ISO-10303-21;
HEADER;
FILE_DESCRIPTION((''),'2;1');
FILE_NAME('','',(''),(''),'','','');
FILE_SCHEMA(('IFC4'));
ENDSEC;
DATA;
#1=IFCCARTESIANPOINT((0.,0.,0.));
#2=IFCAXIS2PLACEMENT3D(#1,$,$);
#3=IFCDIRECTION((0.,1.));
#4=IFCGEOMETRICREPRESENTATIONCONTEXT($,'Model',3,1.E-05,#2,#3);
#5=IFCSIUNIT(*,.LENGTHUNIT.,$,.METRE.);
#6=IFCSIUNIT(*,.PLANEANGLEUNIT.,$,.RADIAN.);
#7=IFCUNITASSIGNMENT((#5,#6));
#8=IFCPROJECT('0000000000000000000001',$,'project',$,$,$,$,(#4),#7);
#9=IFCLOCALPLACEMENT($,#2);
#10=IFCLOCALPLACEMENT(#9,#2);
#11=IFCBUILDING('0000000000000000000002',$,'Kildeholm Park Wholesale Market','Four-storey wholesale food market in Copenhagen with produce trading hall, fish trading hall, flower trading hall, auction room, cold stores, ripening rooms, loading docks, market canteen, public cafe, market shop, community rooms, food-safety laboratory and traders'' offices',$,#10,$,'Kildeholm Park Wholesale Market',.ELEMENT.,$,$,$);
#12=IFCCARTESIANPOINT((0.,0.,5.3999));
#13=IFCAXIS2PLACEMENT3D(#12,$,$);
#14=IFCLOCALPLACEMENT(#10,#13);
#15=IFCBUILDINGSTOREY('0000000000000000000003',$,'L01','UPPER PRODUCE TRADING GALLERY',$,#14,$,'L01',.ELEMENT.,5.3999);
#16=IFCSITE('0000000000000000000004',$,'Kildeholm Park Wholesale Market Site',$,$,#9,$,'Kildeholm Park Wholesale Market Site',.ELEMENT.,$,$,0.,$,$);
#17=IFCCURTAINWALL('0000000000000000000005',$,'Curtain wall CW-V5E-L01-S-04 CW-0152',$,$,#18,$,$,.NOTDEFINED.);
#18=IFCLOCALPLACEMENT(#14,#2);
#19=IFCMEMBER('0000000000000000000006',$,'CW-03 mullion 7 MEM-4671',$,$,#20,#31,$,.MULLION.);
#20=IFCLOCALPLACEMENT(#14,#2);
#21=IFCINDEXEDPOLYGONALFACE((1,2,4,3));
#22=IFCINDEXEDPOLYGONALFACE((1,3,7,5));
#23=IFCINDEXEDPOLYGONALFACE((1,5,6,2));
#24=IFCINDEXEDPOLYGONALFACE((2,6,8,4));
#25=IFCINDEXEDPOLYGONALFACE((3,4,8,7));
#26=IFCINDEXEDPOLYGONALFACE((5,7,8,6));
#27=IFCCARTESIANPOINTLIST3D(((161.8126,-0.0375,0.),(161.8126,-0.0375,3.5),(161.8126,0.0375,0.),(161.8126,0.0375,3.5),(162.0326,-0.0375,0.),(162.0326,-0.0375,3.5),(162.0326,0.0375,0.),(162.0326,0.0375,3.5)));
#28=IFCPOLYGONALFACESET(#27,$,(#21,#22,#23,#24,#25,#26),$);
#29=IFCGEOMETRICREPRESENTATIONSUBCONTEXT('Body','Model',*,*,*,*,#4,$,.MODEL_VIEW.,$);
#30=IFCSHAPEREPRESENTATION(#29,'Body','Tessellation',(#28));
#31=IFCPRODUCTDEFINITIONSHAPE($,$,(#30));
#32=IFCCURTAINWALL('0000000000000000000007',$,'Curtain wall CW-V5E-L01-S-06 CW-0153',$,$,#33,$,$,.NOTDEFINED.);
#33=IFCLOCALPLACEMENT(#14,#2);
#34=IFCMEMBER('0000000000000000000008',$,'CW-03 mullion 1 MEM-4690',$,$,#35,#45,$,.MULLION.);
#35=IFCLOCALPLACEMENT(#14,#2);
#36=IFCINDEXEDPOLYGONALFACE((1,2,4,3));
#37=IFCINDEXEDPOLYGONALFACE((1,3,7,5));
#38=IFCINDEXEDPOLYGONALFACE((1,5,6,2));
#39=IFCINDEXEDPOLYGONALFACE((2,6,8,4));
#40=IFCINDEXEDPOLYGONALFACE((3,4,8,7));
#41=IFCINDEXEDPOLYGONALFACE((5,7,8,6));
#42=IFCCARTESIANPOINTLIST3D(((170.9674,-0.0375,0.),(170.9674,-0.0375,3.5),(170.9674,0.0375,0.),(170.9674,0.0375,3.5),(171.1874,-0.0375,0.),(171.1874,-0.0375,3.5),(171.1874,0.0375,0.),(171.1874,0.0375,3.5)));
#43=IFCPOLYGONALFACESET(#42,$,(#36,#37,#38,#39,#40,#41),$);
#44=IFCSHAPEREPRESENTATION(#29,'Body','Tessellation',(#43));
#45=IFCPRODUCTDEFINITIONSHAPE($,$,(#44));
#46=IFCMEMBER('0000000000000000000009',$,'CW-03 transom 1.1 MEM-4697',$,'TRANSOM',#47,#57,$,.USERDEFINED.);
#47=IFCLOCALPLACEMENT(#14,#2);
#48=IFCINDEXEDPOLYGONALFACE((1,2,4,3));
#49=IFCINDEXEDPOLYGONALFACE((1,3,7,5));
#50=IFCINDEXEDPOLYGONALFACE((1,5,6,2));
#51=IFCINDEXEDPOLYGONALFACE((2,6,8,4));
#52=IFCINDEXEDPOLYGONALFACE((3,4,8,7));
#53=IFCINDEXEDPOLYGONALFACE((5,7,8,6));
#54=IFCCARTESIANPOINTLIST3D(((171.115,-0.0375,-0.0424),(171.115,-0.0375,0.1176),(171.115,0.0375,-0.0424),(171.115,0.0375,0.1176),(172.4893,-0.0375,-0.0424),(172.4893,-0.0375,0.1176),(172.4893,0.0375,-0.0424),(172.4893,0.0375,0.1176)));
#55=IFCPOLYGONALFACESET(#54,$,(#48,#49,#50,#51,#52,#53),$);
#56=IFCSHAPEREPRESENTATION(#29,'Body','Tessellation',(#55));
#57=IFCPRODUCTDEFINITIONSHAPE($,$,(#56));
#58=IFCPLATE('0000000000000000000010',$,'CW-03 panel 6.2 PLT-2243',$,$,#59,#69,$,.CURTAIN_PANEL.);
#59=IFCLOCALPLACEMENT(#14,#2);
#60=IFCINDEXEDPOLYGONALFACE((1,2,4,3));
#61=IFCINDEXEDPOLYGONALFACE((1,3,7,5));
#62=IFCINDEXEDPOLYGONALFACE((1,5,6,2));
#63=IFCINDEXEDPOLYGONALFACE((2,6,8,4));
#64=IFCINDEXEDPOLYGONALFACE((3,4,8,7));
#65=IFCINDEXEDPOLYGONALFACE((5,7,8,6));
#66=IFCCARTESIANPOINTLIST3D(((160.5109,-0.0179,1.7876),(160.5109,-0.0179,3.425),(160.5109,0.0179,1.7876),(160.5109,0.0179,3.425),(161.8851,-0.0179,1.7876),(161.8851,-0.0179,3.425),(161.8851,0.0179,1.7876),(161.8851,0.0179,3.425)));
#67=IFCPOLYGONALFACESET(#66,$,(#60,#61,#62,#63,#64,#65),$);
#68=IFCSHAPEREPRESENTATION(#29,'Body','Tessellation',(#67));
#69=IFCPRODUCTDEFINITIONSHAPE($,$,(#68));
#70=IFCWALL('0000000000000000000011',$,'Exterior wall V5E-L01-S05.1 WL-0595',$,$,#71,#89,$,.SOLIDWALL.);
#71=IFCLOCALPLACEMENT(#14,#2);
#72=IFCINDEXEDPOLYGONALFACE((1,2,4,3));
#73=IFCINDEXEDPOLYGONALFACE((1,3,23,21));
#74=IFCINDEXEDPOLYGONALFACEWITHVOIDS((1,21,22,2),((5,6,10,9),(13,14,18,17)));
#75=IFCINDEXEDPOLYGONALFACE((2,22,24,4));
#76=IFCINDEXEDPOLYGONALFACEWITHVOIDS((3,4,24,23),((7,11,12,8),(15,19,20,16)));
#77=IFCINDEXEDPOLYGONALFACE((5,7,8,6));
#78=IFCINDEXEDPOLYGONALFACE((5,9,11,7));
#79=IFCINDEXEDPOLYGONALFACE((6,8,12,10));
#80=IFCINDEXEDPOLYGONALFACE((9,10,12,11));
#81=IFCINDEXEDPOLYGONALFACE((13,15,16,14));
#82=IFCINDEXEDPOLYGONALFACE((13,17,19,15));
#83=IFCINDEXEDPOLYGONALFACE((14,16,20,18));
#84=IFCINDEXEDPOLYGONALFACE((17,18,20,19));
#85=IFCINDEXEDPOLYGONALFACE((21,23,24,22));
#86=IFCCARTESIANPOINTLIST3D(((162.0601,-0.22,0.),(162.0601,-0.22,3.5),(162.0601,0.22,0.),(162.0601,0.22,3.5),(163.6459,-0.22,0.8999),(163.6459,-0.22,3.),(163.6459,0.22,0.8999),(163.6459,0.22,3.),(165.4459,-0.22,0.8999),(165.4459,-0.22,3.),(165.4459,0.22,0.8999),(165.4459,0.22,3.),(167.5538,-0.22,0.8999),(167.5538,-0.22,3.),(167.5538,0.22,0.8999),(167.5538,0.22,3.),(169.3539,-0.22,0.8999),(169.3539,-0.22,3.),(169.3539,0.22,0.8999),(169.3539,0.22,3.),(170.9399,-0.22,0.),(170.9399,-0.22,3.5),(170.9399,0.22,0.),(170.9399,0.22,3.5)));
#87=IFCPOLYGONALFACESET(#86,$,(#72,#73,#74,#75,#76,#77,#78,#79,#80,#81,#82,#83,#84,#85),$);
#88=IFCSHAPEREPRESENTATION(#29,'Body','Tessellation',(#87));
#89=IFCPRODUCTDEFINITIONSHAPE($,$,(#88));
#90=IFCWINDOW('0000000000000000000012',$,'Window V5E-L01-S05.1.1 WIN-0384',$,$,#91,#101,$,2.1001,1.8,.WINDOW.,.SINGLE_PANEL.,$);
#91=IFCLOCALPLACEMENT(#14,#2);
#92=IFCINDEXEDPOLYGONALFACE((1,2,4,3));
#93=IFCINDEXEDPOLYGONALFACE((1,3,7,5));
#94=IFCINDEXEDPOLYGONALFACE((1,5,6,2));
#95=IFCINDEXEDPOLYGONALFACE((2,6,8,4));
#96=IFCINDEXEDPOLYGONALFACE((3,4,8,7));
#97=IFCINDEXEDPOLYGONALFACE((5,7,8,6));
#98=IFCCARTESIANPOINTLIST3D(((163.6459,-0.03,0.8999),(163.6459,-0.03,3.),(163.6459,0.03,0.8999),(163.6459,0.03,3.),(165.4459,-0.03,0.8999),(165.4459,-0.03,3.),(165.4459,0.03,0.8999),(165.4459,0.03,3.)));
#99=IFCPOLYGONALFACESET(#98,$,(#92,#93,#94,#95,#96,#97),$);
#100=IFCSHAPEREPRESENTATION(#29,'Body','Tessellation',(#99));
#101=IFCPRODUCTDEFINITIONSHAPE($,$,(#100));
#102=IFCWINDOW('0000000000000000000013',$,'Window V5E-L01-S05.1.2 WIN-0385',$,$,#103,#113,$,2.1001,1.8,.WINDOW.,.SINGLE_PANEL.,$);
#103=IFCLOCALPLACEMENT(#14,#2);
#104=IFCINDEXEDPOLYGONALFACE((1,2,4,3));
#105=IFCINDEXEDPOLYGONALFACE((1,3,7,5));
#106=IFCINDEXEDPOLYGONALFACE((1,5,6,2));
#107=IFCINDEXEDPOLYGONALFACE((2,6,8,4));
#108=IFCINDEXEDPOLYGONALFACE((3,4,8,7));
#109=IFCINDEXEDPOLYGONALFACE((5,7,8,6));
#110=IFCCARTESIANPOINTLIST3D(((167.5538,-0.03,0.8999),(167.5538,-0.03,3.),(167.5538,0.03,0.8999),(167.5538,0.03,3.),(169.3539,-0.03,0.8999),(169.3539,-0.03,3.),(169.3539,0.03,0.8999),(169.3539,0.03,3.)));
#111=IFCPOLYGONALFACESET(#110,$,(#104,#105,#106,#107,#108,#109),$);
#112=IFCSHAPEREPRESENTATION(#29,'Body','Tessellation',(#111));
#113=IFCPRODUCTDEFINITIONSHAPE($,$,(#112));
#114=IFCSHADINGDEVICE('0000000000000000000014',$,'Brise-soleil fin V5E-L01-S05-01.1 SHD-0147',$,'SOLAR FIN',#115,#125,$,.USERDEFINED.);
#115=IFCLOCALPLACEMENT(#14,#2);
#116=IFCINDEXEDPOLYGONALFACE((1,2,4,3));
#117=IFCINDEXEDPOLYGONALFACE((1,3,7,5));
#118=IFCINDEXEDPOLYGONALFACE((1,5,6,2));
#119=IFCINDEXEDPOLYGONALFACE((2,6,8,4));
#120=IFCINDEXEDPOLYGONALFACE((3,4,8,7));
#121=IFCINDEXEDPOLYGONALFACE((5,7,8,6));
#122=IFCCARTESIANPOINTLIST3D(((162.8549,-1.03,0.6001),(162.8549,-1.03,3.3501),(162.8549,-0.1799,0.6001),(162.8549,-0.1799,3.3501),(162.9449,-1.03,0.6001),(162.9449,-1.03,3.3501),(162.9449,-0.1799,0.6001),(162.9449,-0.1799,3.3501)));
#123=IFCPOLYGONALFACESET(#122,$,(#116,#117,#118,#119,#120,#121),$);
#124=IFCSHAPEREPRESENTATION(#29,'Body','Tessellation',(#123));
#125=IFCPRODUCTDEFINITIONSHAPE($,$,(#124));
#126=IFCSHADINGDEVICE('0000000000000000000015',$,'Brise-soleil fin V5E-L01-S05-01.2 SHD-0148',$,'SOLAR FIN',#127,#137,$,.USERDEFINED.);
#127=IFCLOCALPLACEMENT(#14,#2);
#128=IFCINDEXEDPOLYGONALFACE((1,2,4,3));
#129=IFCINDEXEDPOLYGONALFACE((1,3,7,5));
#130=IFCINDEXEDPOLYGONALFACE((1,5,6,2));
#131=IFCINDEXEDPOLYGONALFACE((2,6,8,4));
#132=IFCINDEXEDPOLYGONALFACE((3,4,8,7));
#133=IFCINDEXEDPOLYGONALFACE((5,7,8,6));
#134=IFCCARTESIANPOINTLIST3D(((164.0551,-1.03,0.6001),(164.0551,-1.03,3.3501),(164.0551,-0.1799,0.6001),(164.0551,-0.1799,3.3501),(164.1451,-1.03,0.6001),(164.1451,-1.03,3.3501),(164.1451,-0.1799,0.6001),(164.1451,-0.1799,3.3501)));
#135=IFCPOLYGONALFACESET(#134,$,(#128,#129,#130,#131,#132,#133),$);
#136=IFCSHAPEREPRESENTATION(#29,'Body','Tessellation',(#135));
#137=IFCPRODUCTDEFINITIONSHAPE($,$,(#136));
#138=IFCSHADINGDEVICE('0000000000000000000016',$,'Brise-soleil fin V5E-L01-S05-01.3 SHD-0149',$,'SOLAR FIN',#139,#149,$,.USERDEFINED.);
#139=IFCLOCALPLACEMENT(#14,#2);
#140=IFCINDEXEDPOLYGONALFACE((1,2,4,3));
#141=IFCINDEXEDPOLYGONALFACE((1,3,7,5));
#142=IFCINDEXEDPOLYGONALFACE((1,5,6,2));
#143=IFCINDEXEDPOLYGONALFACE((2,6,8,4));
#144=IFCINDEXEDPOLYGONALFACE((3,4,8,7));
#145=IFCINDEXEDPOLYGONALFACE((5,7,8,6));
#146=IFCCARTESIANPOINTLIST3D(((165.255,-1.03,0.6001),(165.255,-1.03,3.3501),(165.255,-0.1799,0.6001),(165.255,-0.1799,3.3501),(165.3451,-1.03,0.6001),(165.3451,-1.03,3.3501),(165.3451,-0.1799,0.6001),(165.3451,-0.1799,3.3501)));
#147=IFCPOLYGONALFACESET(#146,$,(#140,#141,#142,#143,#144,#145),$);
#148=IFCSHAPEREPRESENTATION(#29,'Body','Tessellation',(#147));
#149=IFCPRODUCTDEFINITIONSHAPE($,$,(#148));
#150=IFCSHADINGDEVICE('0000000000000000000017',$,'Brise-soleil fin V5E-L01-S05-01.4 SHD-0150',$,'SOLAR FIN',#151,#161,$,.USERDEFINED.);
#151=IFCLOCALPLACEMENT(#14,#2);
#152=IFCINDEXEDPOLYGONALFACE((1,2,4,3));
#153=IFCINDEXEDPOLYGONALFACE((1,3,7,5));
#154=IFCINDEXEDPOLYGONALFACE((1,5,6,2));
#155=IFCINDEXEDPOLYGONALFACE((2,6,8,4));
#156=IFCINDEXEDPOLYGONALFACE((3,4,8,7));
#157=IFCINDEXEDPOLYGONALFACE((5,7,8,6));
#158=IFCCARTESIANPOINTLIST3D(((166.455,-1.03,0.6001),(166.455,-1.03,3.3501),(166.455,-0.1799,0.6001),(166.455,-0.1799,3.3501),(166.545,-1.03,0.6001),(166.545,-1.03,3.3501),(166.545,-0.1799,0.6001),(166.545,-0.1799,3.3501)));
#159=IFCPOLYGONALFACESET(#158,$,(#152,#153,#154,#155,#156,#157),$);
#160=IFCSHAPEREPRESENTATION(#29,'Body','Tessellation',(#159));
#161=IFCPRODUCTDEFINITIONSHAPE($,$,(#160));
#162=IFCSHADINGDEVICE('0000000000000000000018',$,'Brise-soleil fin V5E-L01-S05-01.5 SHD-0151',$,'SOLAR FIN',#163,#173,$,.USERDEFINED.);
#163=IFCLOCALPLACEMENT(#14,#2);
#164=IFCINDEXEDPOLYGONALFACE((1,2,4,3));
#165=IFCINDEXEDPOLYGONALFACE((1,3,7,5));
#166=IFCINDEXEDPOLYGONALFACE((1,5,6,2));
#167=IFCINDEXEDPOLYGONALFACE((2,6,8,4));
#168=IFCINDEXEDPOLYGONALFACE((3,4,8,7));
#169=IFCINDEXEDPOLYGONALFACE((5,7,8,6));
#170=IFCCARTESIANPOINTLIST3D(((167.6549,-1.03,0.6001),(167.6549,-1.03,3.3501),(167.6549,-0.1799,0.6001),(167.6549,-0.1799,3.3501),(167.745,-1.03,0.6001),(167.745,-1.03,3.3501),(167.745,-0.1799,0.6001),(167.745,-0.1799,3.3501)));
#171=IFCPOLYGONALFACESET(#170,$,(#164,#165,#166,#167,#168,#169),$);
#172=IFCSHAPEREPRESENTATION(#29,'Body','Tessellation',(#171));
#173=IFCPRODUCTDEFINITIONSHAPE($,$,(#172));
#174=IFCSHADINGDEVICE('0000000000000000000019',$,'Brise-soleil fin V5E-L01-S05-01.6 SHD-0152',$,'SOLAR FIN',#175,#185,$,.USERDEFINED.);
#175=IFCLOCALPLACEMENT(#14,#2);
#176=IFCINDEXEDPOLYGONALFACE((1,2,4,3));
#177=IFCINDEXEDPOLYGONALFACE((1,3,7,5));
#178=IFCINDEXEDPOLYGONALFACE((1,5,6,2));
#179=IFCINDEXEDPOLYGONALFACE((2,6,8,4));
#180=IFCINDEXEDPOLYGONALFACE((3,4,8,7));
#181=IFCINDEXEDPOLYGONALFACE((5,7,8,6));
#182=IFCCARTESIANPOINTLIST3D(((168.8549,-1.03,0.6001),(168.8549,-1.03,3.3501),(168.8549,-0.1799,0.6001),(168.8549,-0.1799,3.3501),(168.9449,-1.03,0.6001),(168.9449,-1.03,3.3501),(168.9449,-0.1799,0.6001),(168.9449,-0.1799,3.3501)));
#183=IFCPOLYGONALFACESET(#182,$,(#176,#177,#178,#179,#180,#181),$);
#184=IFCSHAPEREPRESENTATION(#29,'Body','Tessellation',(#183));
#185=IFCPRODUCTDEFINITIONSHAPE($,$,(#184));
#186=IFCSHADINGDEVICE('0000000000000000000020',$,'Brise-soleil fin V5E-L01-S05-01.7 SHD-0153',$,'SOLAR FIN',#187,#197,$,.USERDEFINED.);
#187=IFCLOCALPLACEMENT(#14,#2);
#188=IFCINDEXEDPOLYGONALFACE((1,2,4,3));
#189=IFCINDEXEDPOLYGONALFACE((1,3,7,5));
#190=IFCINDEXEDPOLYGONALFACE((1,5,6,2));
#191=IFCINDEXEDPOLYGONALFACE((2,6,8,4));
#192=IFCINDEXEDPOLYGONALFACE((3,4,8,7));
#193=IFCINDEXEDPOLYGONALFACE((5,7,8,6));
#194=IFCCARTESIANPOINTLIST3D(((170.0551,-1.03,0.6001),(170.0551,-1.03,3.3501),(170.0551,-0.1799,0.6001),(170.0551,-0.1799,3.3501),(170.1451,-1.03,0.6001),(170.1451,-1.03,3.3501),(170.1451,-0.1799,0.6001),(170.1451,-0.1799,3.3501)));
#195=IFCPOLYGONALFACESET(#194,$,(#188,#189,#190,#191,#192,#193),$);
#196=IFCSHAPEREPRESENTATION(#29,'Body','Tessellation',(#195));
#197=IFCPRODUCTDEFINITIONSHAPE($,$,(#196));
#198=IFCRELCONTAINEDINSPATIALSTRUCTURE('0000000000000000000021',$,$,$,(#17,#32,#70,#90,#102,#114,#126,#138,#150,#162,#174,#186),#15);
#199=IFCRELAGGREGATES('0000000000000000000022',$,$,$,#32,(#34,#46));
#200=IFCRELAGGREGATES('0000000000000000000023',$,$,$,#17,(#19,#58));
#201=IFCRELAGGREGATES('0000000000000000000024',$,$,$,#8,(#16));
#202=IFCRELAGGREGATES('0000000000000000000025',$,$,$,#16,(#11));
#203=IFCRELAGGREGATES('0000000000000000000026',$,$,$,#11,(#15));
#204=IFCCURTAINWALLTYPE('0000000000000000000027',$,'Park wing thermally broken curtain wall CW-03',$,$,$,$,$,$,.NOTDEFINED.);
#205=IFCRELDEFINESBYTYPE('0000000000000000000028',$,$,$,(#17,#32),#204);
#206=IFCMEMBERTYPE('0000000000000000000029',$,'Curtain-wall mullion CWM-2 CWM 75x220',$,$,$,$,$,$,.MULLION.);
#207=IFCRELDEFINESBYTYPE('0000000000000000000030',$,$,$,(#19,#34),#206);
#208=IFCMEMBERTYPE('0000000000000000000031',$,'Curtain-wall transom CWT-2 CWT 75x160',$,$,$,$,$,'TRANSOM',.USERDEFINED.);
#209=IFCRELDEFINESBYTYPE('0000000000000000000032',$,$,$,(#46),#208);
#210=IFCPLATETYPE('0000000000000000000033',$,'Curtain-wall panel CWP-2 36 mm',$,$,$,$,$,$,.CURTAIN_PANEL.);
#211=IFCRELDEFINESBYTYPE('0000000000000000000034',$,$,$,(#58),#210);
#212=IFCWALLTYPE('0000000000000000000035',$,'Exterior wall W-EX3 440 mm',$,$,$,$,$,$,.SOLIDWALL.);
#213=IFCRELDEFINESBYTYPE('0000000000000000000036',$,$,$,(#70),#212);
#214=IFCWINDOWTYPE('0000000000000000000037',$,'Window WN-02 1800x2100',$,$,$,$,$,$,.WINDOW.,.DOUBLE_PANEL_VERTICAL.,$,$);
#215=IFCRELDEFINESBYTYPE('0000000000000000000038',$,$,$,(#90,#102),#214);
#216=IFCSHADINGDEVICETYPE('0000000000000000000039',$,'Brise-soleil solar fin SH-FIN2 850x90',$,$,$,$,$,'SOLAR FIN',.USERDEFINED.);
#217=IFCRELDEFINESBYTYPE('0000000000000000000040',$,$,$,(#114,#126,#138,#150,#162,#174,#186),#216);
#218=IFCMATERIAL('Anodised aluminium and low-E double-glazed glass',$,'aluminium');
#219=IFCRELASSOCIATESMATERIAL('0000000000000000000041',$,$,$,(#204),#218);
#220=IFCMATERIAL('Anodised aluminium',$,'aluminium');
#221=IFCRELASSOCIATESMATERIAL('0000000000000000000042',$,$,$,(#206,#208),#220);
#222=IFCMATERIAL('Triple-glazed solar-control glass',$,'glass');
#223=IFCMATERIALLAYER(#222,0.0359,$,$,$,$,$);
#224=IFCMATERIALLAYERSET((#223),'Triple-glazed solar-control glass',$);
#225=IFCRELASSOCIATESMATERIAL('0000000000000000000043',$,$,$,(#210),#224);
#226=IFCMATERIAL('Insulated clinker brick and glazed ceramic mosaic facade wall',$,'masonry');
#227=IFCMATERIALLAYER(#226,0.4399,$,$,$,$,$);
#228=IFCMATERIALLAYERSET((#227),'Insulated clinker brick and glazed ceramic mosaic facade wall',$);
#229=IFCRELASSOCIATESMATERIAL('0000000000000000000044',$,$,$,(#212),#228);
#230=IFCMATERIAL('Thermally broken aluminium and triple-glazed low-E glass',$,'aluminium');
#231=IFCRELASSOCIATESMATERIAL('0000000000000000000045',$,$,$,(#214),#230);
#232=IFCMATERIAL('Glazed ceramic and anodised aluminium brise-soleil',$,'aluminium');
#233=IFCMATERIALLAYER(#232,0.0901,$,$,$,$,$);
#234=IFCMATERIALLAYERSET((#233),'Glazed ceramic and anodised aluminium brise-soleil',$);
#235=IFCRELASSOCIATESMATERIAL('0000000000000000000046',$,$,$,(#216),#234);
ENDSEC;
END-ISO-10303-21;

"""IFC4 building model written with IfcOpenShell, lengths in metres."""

from ifc_helpers import new_model, si_unit, direction, frame, frame_2d, origin, origin_2d, place, context, subcontext, project, spatial, rectangle, extrude, material, layer, layer_set, material_profile, profile_set, type_object, element, fill, aggregate, save


model = new_model("IFC4")

# Units and contexts
model_context = context("Model", 3, precision=1e-05, world=origin(), true_north=direction((0.0, 1.0)))
body_context = subcontext(model_context, "Body", "Model", "MODEL_VIEW")
ifc_project = project(units=[si_unit("LENGTHUNIT", "METRE"), si_unit("PLANEANGLEUNIT", "RADIAN")], contexts=[model_context])

# Site, building, storey
site_placement = place(None, origin())
site = spatial("IfcSite", under=ifc_project, at=site_placement, Name="Kildeholm Park Wholesale Market Site", LongName="Kildeholm Park Wholesale Market Site", CompositionType="ELEMENT", RefElevation=0.0)
building_placement = place(site_placement, origin())
building = spatial("IfcBuilding", under=site, at=building_placement, Name="Kildeholm Park Wholesale Market", Description="Four-storey wholesale food market in Copenhagen with produce trading hall, fish trading hall, flower trading hall, auction room, cold stores, ripening rooms, loading docks, market canteen, public cafe, market shop, community rooms, food-safety laboratory and traders' offices", LongName="Kildeholm Park Wholesale Market", CompositionType="ELEMENT")
storey_placement = place(building_placement, frame((0.0, 0.0, 5.3999)))
storey = spatial("IfcBuildingStorey", under=building, at=storey_placement, Name="L01", Description="UPPER PRODUCE TRADING GALLERY", LongName="L01", CompositionType="ELEMENT", Elevation=5.3999)

# Curtain wall, member
ifc_material_1 = material(Name="Anodised aluminium and low-E double-glazed glass", Category="aluminium")
curtain_wall_type = type_object("IfcCurtainWallType", Name="Park wing thermally broken curtain wall CW-03", PredefinedType="NOTDEFINED", material=ifc_material_1)
curtain_wall_1_placement = place(storey_placement, origin())
curtain_wall_1 = element("IfcCurtainWall", 1, at=curtain_wall_1_placement, inside=storey, type_object=curtain_wall_type, Name="Curtain wall CW-V5E-L01-S-04 CW-0152", PredefinedType="NOTDEFINED")
ifc_material_2 = material(Name="Anodised aluminium", Category="aluminium")
ifc_material_profile_1 = material_profile(ifc_material_2, rectangle(XDim=0.075, YDim=0.22, at=origin_2d()), Name="CWM 75x220")
ifc_profile_set_1 = profile_set([ifc_material_profile_1], Name="Anodised aluminium")
member_type_1 = type_object("IfcMemberType", Name="Curtain-wall mullion CWM-2 CWM 75x220", PredefinedType="MULLION", material=ifc_profile_set_1)
member_1_placement = place(storey_placement, frame((161.9226, 0.0, 0.0), z_axis=(0.0, 0.0, 1.0), x_axis=(0.0, 1.0, 0.0)))
member_1 = element("IfcMember", 2, at=member_1_placement, type_object=member_type_1, Name="CW-03 mullion 7 MEM-4671", PredefinedType="MULLION", context=body_context, shape_type="SweptSolid", body=[
    extrude(rectangle(XDim=0.075, YDim=0.22, at=origin_2d()), origin(), (0.0, 0.0, 1.0), 3.5),
])

# Curtain wall, members
curtain_wall_2_placement = place(storey_placement, origin())
curtain_wall_2 = element("IfcCurtainWall", 3, at=curtain_wall_2_placement, inside=storey, type_object=curtain_wall_type, Name="Curtain wall CW-V5E-L01-S-06 CW-0153", PredefinedType="NOTDEFINED")
member_2_placement = place(storey_placement, frame((171.0774, 0.0, 0.0), z_axis=(0.0, 0.0, 1.0), x_axis=(0.0, 1.0, 0.0)))
member_2 = element("IfcMember", 4, at=member_2_placement, type_object=member_type_1, Name="CW-03 mullion 1 MEM-4690", PredefinedType="MULLION", context=body_context, shape_type="SweptSolid", body=[
    extrude(rectangle(XDim=0.075, YDim=0.22, at=origin_2d()), origin(), (0.0, 0.0, 1.0), 3.5),
])
ifc_material_profile_2 = material_profile(ifc_material_2, rectangle(XDim=0.075, YDim=0.1599, at=origin_2d()), Name="CWT 75x160")
ifc_profile_set_2 = profile_set([ifc_material_profile_2], Name="Anodised aluminium")
member_type_2 = type_object("IfcMemberType", Name="Curtain-wall transom CWT-2 CWT 75x160", ElementType="TRANSOM", PredefinedType="USERDEFINED", material=ifc_profile_set_2)
member_3_placement = place(storey_placement, frame((171.115, 0.0, 0.0376), z_axis=(1.0, 0.0, 0.0), x_axis=(0.0, 1.0, 0.0)))
member_3 = element("IfcMember", 5, at=member_3_placement, type_object=member_type_2, Name="CW-03 transom 1.1 MEM-4697", ObjectType="TRANSOM", PredefinedType="USERDEFINED", context=body_context, shape_type="SweptSolid", body=[
    extrude(rectangle(XDim=0.075, YDim=0.1599, at=origin_2d()), origin(), (0.0, 0.0, 1.0), 1.3743),
])
aggregate(curtain_wall_2, [member_2, member_3])

# Plate
ifc_material_3 = material(Name="Triple-glazed solar-control glass", Category="glass")
ifc_layer_1 = layer(ifc_material_3, 0.0359)
ifc_layer_set_1 = layer_set([ifc_layer_1], Name="Triple-glazed solar-control glass")
plate_type = type_object("IfcPlateType", Name="Curtain-wall panel CWP-2 36 mm", PredefinedType="CURTAIN_PANEL", material=ifc_layer_set_1)
plate_placement = place(storey_placement, frame((161.198, 0.0, 1.7876), z_axis=(0.0, 0.0, 1.0), x_axis=(1.0, 0.0, 0.0)))
plate = element("IfcPlate", 6, at=plate_placement, type_object=plate_type, Name="CW-03 panel 6.2 PLT-2243", PredefinedType="CURTAIN_PANEL", context=body_context, shape_type="SweptSolid", body=[
    extrude(rectangle(XDim=1.3743, YDim=0.0359, at=origin_2d()), origin(), (0.0, 0.0, 1.0), 1.6375),
])
aggregate(curtain_wall_1, [member_1, plate])

# Wall, openings, windows
ifc_material_4 = material(Name="Insulated clinker brick and glazed ceramic mosaic facade wall", Category="masonry")
ifc_layer_2 = layer(ifc_material_4, 0.4399)
ifc_layer_set_2 = layer_set([ifc_layer_2], Name="Insulated clinker brick and glazed ceramic mosaic facade wall")
wall_type = type_object("IfcWallType", Name="Exterior wall W-EX3 440 mm", PredefinedType="SOLIDWALL", material=ifc_layer_set_2)
wall_placement = place(storey_placement, frame((162.0601, 0.0, 0.0), z_axis=(0.0, 0.0, 1.0), x_axis=(1.0, 0.0, 0.0)))
wall = element("IfcWall", 7, at=wall_placement, inside=storey, type_object=wall_type, Name="Exterior wall V5E-L01-S05.1 WL-0595", PredefinedType="SOLIDWALL", context=body_context, shape_type="SweptSolid", body=[
    extrude(rectangle(XDim=8.8799, YDim=0.4399, at=frame_2d((4.4399, 0.0))), origin(), (0.0, 0.0, 1.0), 3.5),
])
opening_1_placement = place(wall_placement, frame((1.5859, 0.0, 0.8999)))
opening_1 = element("IfcOpeningElement", 8, at=opening_1_placement, cuts=wall, PredefinedType="OPENING", context=body_context, shape_type="SweptSolid", body=[
    extrude(rectangle(XDim=1.8, YDim=2.1001, at=frame_2d((0.8999, 1.05))), frame((0.0, 0.23, 0.0), z_axis=(0.0, -1.0, 0.0), x_axis=(1.0, 0.0, 0.0)), (0.0, 0.0, 1.0), 0.46),
])
opening_2_placement = place(wall_placement, frame((5.4939, 0.0, 0.8999)))
opening_2 = element("IfcOpeningElement", 9, at=opening_2_placement, cuts=wall, PredefinedType="OPENING", context=body_context, shape_type="SweptSolid", body=[
    extrude(rectangle(XDim=1.8, YDim=2.1001, at=frame_2d((0.8999, 1.05))), frame((0.0, 0.23, 0.0), z_axis=(0.0, -1.0, 0.0), x_axis=(1.0, 0.0, 0.0)), (0.0, 0.0, 1.0), 0.46),
])
ifc_material_5 = material(Name="Thermally broken aluminium and triple-glazed low-E glass", Category="aluminium")
window_type = type_object("IfcWindowType", Name="Window WN-02 1800x2100", PartitioningType="DOUBLE_PANEL_VERTICAL", PredefinedType="WINDOW", material=ifc_material_5)
window_1_placement = place(opening_1_placement, origin())
window_1 = element("IfcWindow", 10, at=window_1_placement, inside=storey, type_object=window_type, Name="Window V5E-L01-S05.1.1 WIN-0384", OverallHeight=2.1001, OverallWidth=1.8, PartitioningType="SINGLE_PANEL", PredefinedType="WINDOW", context=body_context, shape_type="SweptSolid", body=[
    extrude(rectangle(XDim=1.8, YDim=2.1001, at=frame_2d((0.8999, 1.05))), frame((0.0, 0.03, 0.0), z_axis=(0.0, -1.0, 0.0), x_axis=(1.0, 0.0, 0.0)), (0.0, 0.0, 1.0), 0.0601),
])
fill(opening_1, window_1)
window_2_placement = place(opening_2_placement, origin())
window_2 = element("IfcWindow", 11, at=window_2_placement, inside=storey, type_object=window_type, Name="Window V5E-L01-S05.1.2 WIN-0385", OverallHeight=2.1001, OverallWidth=1.8, PartitioningType="SINGLE_PANEL", PredefinedType="WINDOW", context=body_context, shape_type="SweptSolid", body=[
    extrude(rectangle(XDim=1.8, YDim=2.1001, at=frame_2d((0.8999, 1.05))), frame((0.0, 0.03, 0.0), z_axis=(0.0, -1.0, 0.0), x_axis=(1.0, 0.0, 0.0)), (0.0, 0.0, 1.0), 0.0601),
])
fill(opening_2, window_2)

# Shading devices
ifc_material_6 = material(Name="Glazed ceramic and anodised aluminium brise-soleil", Category="aluminium")
ifc_layer_3 = layer(ifc_material_6, 0.0901)
ifc_layer_set_3 = layer_set([ifc_layer_3], Name="Glazed ceramic and anodised aluminium brise-soleil")
shading_device_type = type_object("IfcShadingDeviceType", Name="Brise-soleil solar fin SH-FIN2 850x90", ElementType="SOLAR FIN", PredefinedType="USERDEFINED", material=ifc_layer_set_3)
for number, where, z_axis, x_axis, name in (
    (12, (162.8999, -0.605, 0.6001), (0.0, 0.0, 1.0), (0.0, -1.0, 0.0), "Brise-soleil fin V5E-L01-S05-01.1 SHD-0147"),
    (13, (164.1001, -0.605, 0.6001), (0.0, 0.0, 1.0), (0.0, -1.0, 0.0), "Brise-soleil fin V5E-L01-S05-01.2 SHD-0148"),
    (14, (165.3, -0.605, 0.6001), (0.0, 0.0, 1.0), (0.0, -1.0, 0.0), "Brise-soleil fin V5E-L01-S05-01.3 SHD-0149"),
    (15, (166.5, -0.605, 0.6001), (0.0, 0.0, 1.0), (0.0, -1.0, 0.0), "Brise-soleil fin V5E-L01-S05-01.4 SHD-0150"),
    (16, (167.7, -0.605, 0.6001), (0.0, 0.0, 1.0), (0.0, -1.0, 0.0), "Brise-soleil fin V5E-L01-S05-01.5 SHD-0151"),
    (17, (168.8999, -0.605, 0.6001), (0.0, 0.0, 1.0), (0.0, -1.0, 0.0), "Brise-soleil fin V5E-L01-S05-01.6 SHD-0152"),
    (18, (170.1001, -0.605, 0.6001), (0.0, 0.0, 1.0), (0.0, -1.0, 0.0), "Brise-soleil fin V5E-L01-S05-01.7 SHD-0153"),
):
    element("IfcShadingDevice", number, at=place(storey_placement, frame(where, z_axis=z_axis, x_axis=x_axis)), inside=storey, type_object=shading_device_type, Name=name, ObjectType="SOLAR FIN", PredefinedType="USERDEFINED", context=body_context, shape_type="SweptSolid", body=[
        extrude(rectangle(XDim=0.8501, YDim=0.0901, at=origin_2d()), origin(), (0.0, 0.0, 1.0), 2.75),
    ])

save(model, "model.ifc")
